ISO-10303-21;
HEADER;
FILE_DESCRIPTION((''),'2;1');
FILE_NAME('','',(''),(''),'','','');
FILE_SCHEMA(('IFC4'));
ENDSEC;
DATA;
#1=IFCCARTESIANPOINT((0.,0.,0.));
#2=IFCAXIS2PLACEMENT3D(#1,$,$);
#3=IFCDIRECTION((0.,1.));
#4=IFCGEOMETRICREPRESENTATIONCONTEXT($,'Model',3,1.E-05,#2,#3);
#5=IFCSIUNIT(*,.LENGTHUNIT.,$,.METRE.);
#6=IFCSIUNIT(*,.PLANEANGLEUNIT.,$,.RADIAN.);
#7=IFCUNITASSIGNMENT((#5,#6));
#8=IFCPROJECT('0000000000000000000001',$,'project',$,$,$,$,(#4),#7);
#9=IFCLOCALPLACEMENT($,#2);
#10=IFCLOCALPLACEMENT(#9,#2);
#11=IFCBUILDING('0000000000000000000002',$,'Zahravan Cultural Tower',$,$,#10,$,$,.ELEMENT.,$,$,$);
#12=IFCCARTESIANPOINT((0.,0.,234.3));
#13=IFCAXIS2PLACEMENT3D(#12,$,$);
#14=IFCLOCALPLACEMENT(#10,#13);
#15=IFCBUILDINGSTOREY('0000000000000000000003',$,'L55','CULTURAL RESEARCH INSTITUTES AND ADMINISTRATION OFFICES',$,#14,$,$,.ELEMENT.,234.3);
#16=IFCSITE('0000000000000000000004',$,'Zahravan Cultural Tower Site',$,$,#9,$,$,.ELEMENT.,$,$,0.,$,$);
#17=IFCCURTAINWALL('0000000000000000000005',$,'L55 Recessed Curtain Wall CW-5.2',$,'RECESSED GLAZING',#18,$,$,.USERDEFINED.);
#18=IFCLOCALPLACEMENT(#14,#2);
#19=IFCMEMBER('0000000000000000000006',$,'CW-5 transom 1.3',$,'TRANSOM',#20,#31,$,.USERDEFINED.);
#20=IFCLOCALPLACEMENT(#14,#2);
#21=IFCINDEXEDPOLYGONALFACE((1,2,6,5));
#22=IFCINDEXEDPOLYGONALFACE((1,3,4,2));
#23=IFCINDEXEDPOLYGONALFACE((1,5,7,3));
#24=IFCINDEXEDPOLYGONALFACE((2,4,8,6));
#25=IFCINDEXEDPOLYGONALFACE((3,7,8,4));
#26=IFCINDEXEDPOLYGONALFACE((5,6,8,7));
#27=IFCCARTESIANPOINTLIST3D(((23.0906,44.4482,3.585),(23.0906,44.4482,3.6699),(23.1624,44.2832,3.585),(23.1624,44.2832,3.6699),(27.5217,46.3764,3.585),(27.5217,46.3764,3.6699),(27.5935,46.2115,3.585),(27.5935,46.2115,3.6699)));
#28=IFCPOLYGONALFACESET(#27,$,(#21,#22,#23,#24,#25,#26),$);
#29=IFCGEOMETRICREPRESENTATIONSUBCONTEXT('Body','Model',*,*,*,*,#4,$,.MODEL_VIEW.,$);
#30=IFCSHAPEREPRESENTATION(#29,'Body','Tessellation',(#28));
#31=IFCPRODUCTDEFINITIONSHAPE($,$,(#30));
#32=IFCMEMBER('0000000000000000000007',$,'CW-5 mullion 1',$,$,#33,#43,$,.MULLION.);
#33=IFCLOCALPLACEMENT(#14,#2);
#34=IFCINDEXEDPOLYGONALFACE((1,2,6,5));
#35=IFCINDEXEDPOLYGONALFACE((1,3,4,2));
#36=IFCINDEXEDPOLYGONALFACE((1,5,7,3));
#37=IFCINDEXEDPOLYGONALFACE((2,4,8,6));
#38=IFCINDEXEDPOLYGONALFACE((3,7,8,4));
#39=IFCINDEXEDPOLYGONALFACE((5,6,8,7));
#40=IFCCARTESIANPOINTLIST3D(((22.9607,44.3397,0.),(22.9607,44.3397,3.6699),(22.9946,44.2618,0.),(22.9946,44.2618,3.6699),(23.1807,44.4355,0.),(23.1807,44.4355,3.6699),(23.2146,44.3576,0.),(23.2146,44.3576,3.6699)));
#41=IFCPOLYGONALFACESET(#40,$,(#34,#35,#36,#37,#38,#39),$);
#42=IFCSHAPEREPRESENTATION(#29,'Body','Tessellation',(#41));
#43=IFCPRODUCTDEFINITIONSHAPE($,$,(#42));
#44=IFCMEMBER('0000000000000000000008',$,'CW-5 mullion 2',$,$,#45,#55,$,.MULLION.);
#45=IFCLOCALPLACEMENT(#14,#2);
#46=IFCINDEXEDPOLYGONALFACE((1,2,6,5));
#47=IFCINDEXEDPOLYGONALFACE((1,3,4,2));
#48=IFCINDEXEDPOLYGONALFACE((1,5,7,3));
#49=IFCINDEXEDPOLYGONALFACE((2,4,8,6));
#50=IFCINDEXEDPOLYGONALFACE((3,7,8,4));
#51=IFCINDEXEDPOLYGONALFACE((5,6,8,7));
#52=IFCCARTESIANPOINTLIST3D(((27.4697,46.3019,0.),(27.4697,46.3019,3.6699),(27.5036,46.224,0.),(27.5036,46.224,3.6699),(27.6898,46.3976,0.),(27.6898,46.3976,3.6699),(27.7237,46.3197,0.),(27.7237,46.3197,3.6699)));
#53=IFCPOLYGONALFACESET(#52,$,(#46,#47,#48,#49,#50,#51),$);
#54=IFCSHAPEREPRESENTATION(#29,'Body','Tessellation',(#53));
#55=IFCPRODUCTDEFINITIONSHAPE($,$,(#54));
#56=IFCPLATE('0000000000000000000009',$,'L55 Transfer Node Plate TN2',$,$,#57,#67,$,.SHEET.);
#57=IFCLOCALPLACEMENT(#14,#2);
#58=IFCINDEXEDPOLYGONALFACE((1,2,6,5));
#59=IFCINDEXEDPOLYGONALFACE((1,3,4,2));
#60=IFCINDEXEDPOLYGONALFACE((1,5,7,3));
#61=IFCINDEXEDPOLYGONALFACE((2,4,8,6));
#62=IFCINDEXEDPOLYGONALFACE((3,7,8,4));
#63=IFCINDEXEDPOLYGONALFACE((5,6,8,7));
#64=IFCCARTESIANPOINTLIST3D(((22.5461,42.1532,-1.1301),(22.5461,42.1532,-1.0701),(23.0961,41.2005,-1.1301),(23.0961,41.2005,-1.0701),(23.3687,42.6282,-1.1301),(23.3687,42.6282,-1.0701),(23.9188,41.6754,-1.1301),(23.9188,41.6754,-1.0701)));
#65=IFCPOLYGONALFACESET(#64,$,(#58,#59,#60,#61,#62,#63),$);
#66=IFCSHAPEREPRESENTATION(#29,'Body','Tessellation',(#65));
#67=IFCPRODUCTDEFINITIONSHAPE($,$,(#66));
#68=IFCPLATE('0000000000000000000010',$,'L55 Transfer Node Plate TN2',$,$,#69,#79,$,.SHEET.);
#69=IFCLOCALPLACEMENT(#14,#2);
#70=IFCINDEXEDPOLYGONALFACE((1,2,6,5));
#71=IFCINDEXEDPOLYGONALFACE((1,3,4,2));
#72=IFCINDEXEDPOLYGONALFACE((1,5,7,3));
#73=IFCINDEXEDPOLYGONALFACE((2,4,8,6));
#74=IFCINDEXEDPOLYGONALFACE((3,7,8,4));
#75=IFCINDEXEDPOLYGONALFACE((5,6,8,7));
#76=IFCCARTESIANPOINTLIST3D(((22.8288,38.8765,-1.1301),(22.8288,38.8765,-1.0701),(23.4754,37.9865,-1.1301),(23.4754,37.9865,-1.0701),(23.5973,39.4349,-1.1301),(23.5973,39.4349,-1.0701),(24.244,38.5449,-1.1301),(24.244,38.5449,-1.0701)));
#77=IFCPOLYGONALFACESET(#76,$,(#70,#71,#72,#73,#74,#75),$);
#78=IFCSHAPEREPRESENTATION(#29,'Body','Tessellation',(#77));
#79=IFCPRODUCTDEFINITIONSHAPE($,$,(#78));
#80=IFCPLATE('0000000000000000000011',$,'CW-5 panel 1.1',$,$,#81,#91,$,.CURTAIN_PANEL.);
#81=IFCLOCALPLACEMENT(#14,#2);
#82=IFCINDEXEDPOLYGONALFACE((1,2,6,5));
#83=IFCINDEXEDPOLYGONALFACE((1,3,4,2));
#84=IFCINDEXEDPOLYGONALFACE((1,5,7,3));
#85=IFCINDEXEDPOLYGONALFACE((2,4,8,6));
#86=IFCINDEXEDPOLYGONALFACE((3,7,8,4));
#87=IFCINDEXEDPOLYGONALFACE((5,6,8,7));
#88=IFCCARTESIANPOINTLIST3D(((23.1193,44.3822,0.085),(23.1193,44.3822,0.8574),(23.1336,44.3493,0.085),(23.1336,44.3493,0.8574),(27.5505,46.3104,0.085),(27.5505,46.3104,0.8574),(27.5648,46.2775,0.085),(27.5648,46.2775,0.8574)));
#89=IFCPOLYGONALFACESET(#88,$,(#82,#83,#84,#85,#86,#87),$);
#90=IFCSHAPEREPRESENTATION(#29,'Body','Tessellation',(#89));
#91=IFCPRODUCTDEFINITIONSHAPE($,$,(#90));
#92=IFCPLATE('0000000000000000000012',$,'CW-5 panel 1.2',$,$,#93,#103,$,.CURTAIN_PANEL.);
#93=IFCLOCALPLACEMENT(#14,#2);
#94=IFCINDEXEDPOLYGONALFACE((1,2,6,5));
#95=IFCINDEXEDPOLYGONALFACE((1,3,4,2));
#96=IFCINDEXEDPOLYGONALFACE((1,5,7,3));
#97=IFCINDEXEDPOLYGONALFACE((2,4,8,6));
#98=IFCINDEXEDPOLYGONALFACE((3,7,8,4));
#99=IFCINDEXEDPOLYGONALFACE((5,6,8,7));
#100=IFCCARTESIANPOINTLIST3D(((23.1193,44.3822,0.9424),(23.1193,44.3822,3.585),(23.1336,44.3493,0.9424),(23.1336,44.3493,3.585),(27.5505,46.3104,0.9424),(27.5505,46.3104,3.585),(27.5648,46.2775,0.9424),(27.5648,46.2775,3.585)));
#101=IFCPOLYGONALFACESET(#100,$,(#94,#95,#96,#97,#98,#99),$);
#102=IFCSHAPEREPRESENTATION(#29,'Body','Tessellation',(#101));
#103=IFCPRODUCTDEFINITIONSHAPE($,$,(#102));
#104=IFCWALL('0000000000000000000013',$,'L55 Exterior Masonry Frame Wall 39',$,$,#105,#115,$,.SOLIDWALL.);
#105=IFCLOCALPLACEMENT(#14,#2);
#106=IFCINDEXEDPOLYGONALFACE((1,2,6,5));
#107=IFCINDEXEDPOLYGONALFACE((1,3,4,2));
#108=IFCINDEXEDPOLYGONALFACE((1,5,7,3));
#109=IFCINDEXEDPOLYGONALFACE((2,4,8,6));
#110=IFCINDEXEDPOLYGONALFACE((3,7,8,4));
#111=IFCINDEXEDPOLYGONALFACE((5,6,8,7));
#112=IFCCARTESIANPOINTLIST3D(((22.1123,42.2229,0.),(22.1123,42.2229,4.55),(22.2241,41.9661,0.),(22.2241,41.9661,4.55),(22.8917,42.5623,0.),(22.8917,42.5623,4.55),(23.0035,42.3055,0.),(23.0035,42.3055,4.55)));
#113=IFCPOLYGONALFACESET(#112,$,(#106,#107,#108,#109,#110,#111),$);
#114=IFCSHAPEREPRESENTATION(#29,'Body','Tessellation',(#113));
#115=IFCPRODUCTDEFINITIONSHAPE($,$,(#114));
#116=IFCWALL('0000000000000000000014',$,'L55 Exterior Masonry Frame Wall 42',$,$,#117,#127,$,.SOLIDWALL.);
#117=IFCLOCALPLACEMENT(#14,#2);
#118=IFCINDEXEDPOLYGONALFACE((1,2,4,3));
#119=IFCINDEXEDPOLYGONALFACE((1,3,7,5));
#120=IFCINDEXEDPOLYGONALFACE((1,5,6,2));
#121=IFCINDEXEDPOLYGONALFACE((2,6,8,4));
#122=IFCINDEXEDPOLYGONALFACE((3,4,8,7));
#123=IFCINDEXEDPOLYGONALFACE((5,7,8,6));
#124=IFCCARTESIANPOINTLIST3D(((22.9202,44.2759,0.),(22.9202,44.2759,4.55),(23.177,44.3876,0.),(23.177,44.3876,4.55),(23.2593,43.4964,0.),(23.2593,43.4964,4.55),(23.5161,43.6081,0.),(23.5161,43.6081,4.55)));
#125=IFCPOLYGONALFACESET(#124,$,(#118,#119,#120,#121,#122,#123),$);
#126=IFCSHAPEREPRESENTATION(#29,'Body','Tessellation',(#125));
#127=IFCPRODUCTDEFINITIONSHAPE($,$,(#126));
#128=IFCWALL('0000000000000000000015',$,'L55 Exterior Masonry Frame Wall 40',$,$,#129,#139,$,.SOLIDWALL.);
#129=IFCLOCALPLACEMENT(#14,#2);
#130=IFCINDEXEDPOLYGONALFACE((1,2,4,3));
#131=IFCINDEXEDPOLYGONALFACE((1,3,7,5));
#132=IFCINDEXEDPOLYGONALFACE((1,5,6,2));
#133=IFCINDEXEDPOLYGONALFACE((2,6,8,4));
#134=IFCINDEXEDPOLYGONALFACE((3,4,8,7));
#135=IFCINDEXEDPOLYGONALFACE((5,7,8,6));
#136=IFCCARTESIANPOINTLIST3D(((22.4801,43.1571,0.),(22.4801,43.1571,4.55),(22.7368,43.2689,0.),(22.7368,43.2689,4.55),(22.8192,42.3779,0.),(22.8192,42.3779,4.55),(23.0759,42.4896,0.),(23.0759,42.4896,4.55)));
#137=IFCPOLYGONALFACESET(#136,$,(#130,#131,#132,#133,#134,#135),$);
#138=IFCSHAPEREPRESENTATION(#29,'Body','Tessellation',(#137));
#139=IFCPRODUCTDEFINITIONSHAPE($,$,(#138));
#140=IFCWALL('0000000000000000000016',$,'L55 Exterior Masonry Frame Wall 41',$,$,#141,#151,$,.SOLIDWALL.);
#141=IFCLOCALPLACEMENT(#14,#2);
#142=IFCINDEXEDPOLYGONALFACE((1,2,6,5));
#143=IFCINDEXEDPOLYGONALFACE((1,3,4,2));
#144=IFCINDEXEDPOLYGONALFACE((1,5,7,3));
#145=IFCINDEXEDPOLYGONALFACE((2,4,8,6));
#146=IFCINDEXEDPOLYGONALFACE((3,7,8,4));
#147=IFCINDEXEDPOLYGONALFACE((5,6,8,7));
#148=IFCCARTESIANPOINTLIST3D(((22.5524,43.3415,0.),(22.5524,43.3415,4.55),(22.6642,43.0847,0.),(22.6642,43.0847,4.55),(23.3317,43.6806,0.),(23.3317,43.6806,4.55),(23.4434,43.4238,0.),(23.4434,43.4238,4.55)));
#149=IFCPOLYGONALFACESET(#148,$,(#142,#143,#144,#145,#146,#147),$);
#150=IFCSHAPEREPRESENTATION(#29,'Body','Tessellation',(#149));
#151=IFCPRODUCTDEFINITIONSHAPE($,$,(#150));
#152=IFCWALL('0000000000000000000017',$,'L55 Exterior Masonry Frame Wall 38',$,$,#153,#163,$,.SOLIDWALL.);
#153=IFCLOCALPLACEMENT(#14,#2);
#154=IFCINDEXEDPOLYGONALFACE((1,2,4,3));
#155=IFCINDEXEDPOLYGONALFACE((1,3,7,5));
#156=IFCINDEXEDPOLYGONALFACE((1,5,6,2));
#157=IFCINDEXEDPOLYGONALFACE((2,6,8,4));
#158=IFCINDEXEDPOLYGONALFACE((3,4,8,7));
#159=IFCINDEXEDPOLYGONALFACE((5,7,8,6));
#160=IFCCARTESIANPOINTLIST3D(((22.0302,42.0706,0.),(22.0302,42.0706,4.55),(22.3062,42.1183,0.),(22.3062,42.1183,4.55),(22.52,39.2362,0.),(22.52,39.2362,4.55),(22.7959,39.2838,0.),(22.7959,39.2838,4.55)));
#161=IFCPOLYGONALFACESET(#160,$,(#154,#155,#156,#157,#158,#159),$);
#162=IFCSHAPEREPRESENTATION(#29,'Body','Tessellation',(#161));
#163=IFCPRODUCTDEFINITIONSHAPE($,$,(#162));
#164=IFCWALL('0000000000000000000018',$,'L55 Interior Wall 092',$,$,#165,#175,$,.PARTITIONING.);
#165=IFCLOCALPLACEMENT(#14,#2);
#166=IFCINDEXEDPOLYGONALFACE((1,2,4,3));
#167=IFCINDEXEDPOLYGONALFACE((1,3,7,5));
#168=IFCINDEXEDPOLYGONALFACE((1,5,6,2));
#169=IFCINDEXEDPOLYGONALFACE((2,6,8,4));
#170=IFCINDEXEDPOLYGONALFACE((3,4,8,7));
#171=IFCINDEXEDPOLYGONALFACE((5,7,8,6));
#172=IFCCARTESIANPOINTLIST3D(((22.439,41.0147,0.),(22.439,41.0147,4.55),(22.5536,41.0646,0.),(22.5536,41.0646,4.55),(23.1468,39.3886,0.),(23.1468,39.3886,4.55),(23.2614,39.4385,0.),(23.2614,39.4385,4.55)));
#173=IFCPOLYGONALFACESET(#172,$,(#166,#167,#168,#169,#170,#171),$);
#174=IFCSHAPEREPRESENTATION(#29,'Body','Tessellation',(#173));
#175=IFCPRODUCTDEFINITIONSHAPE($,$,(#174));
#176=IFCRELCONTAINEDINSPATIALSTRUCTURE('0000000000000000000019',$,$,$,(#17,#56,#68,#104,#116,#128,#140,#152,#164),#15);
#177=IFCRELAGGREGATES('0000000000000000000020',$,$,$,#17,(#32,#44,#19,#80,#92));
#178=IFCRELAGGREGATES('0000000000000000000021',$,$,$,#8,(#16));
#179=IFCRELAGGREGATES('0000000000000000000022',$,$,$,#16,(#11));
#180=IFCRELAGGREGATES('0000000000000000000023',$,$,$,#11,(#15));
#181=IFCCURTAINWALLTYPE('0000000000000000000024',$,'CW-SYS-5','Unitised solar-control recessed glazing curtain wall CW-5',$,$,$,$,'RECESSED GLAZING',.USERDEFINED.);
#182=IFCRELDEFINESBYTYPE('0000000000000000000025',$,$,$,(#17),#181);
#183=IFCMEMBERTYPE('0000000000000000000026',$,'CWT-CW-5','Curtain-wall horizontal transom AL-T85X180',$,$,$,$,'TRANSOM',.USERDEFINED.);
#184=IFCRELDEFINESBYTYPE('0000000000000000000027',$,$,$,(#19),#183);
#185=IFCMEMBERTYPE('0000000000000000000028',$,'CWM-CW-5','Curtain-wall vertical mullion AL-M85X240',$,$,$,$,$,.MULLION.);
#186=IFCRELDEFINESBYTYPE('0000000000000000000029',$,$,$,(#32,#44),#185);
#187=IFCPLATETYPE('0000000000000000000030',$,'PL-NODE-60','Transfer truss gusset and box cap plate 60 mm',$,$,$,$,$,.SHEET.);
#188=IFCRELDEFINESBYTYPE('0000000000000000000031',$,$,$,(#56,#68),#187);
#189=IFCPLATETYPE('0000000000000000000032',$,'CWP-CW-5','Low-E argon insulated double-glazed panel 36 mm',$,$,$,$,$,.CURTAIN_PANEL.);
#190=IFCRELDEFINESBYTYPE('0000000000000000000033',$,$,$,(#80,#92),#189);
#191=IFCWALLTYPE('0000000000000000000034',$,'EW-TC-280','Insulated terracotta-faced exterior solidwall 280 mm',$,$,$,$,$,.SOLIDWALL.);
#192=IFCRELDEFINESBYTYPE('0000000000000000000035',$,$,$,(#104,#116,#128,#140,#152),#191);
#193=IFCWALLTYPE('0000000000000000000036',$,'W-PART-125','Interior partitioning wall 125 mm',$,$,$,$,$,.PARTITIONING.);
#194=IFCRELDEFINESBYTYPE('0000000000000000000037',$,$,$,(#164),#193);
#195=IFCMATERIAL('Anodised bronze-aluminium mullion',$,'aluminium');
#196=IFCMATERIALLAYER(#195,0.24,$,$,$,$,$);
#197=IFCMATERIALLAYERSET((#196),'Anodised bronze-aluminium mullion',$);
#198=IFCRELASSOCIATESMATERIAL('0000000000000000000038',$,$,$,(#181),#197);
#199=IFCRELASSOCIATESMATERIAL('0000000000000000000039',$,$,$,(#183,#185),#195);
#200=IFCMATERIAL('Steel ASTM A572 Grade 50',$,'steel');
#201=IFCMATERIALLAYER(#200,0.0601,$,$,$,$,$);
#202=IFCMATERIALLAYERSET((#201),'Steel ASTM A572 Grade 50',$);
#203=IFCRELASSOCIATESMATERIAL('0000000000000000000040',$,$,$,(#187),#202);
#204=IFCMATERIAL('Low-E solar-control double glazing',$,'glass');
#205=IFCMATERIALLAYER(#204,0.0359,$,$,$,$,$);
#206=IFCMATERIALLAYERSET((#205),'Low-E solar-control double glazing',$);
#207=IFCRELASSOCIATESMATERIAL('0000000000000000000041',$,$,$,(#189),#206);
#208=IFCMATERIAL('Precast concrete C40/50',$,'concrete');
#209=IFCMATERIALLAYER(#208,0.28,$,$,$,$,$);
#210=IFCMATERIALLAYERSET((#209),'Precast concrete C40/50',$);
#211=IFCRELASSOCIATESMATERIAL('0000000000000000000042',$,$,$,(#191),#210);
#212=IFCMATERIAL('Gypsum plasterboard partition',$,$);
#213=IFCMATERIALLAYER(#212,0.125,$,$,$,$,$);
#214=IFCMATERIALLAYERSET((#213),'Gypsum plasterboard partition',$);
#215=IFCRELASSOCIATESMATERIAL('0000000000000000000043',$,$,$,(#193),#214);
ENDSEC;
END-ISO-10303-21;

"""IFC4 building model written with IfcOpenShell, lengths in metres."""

from ifc_helpers import new_model, si_unit, direction, frame, frame_2d, origin, origin_2d, place, context, subcontext, project, spatial, rectangle, extrude, source, transform, mapped, material, layer, layer_set, material_profile, profile_set, type_object, element, aggregate, save


model = new_model("IFC4")

# Units and contexts
model_context = context("Model", 3, precision=1e-05, world=origin(), true_north=direction((0.0, 1.0)))
body_context = subcontext(model_context, "Body", "Model", "MODEL_VIEW")
ifc_project = project(units=[si_unit("LENGTHUNIT", "METRE"), si_unit("PLANEANGLEUNIT", "RADIAN")], contexts=[model_context])

# Site, building, storey
site_placement = place(None, origin())
site = spatial("IfcSite", under=ifc_project, at=site_placement, Name="Zahravan Cultural Tower Site", CompositionType="ELEMENT", RefElevation=0.0)
building_placement = place(site_placement, origin())
building = spatial("IfcBuilding", under=site, at=building_placement, Name="Zahravan Cultural Tower", CompositionType="ELEMENT")
storey_placement = place(building_placement, frame((0.0, 0.0, 234.3)))
storey = spatial("IfcBuildingStorey", under=building, at=storey_placement, Name="L55", Description="CULTURAL RESEARCH INSTITUTES AND ADMINISTRATION OFFICES", CompositionType="ELEMENT", Elevation=234.3)

# Shared definitions
ifc_material_1 = material(Name="Steel ASTM A572 Grade 50", Category="steel")

# Curtain wall, members
ifc_material_2 = material(Name="Anodised bronze-aluminium mullion", Category="aluminium")
ifc_layer_1 = layer(ifc_material_2, 0.24)
ifc_layer_set_1 = layer_set([ifc_layer_1], Name="Anodised bronze-aluminium mullion")
curtain_wall_type = type_object("IfcCurtainWallType", Name="CW-SYS-5", Description="Unitised solar-control recessed glazing curtain wall CW-5", ElementType="RECESSED GLAZING", PredefinedType="USERDEFINED", material=ifc_layer_set_1)
curtain_wall_placement = place(storey_placement, origin())
curtain_wall = element("IfcCurtainWall", 1, at=curtain_wall_placement, inside=storey, type_object=curtain_wall_type, Name="L55 Recessed Curtain Wall CW-5.2", ObjectType="RECESSED GLAZING", PredefinedType="USERDEFINED")
ifc_material_profile_1 = material_profile(ifc_material_2, rectangle(XDim=0.1799, YDim=0.085, at=origin_2d()), Name="AL-T85X180")
ifc_profile_set_1 = profile_set([ifc_material_profile_1], Name="Anodised bronze-aluminium mullion")
member_type_1 = type_object("IfcMemberType", Name="CWT-CW-5", Description="Curtain-wall horizontal transom AL-T85X180", ElementType="TRANSOM", PredefinedType="USERDEFINED", material=ifc_profile_set_1)
shared_shape_1 = source(origin(), body_context, "Body", "SweptSolid", [
    extrude(rectangle(XDim=0.1799, YDim=0.085, at=origin_2d()), origin(), (0.0, 0.0, 1.0), 4.8325),
])
member_1_placement = place(storey_placement, frame((23.1265, 44.3657, 3.6274), z_axis=(0.916946, 0.399011, 0.0), x_axis=(-0.399011, 0.916946, 0.0)))
member_1 = element("IfcMember", 2, at=member_1_placement, type_object=member_type_1, Name="CW-5 transom 1.3", ObjectType="TRANSOM", PredefinedType="USERDEFINED", context=body_context, shape_type="MappedRepresentation", body=[
    mapped(shared_shape_1, transform((0.0, 0.0, 0.0), x_axis=(1.0, 0.0, 0.0), y_axis=(0.0, 1.0, 0.0), z_axis=(0.0, 0.0, 1.0), scale=1.0)),
])
ifc_material_profile_2 = material_profile(ifc_material_2, rectangle(XDim=0.085, YDim=0.24, at=origin_2d()), Name="AL-M85X240")
ifc_profile_set_2 = profile_set([ifc_material_profile_2], Name="Anodised bronze-aluminium mullion")
member_type_2 = type_object("IfcMemberType", Name="CWM-CW-5", Description="Curtain-wall vertical mullion AL-M85X240", PredefinedType="MULLION", material=ifc_profile_set_2)
shared_shape_2 = source(origin(), body_context, "Body", "SweptSolid", [
    extrude(rectangle(XDim=0.085, YDim=0.24, at=origin_2d()), origin(), (0.0, 0.0, 1.0), 3.6699),
])
member_2_placement = place(storey_placement, frame((23.0876, 44.3486, 0.0), z_axis=(0.0, 0.0, 1.0), x_axis=(-0.399017, 0.916944, 0.0)))
member_2 = element("IfcMember", 3, at=member_2_placement, type_object=member_type_2, Name="CW-5 mullion 1", PredefinedType="MULLION", context=body_context, shape_type="MappedRepresentation", body=[
    mapped(shared_shape_2, transform((0.0, 0.0, 0.0), x_axis=(1.0, 0.0, 0.0), y_axis=(0.0, 1.0, 0.0), z_axis=(0.0, 0.0, 1.0), scale=1.0)),
])
member_3_placement = place(storey_placement, frame((27.5967, 46.3108, 0.0), z_axis=(0.0, 0.0, 1.0), x_axis=(-0.399017, 0.916944, 0.0)))
member_3 = element("IfcMember", 4, at=member_3_placement, type_object=member_type_2, Name="CW-5 mullion 2", PredefinedType="MULLION", context=body_context, shape_type="MappedRepresentation", body=[
    mapped(shared_shape_2, transform((0.0, 0.0, 0.0), x_axis=(1.0, 0.0, 0.0), y_axis=(0.0, 1.0, 0.0), z_axis=(0.0, 0.0, 1.0), scale=1.0)),
])

# Plates
ifc_layer_2 = layer(ifc_material_1, 0.0601)
ifc_layer_set_2 = layer_set([ifc_layer_2], Name="Steel ASTM A572 Grade 50")
plate_type_1 = type_object("IfcPlateType", Name="PL-NODE-60", Description="Transfer truss gusset and box cap plate 60 mm", PredefinedType="SHEET", material=ifc_layer_set_2)
shared_shape_3 = source(origin(), body_context, "Body", "SweptSolid", [
    extrude(rectangle(XDim=1.1001, YDim=0.95, at=origin_2d()), origin(), (0.0, 0.0, 1.0), 0.0601),
])
for number, where, z_axis, x_axis, name in (
    (5, (23.2324, 41.9143, -1.1301), (0.0, 0.0, 1.0), (-0.5, 0.866025, 0.0), "L55 Transfer Node Plate TN2"),
    (6, (23.5364, 38.7107, -1.1301), (0.0, 0.0, 1.0), (-0.587785, 0.809017, 0.0), "L55 Transfer Node Plate TN2"),
):
    element("IfcPlate", number, at=place(storey_placement, frame(where, z_axis=z_axis, x_axis=x_axis)), inside=storey, type_object=plate_type_1, Name=name, PredefinedType="SHEET", context=body_context, shape_type="MappedRepresentation", body=[
        mapped(shared_shape_3, transform((0.0, 0.0, 0.0), x_axis=(1.0, 0.0, 0.0), y_axis=(0.0, 1.0, 0.0), z_axis=(0.0, 0.0, 1.0), scale=1.0)),
    ])

# Plates
ifc_material_3 = material(Name="Low-E solar-control double glazing", Category="glass")
ifc_layer_3 = layer(ifc_material_3, 0.0359)
ifc_layer_set_3 = layer_set([ifc_layer_3], Name="Low-E solar-control double glazing")
plate_type_2 = type_object("IfcPlateType", Name="CWP-CW-5", Description="Low-E argon insulated double-glazed panel 36 mm", PredefinedType="CURTAIN_PANEL", material=ifc_layer_set_3)
shared_shape_4 = source(origin(), body_context, "Body", "SweptSolid", [
    extrude(rectangle(XDim=4.8325, YDim=0.0359, at=origin_2d()), origin(), (0.0, 0.0, 1.0), 0.7725),
])
plate_1_placement = place(storey_placement, frame((25.342, 45.3298, 0.085), z_axis=(0.0, 0.0, 1.0), x_axis=(0.916944, 0.399017, 0.0)))
plate_1 = element("IfcPlate", 7, at=plate_1_placement, type_object=plate_type_2, Name="CW-5 panel 1.1", PredefinedType="CURTAIN_PANEL", context=body_context, shape_type="MappedRepresentation", body=[
    mapped(shared_shape_4, transform((0.0, 0.0, 0.0), x_axis=(1.0, 0.0, 0.0), y_axis=(0.0, 1.0, 0.0), z_axis=(0.0, 0.0, 1.0), scale=1.0)),
])
shared_shape_5 = source(origin(), body_context, "Body", "SweptSolid", [
    extrude(rectangle(XDim=4.8325, YDim=0.0359, at=origin_2d()), origin(), (0.0, 0.0, 1.0), 2.6426),
])
plate_2_placement = place(storey_placement, frame((25.342, 45.3298, 0.9424), z_axis=(0.0, 0.0, 1.0), x_axis=(0.916944, 0.399017, 0.0)))
plate_2 = element("IfcPlate", 8, at=plate_2_placement, type_object=plate_type_2, Name="CW-5 panel 1.2", PredefinedType="CURTAIN_PANEL", context=body_context, shape_type="MappedRepresentation", body=[
    mapped(shared_shape_5, transform((0.0, 0.0, 0.0), x_axis=(1.0, 0.0, 0.0), y_axis=(0.0, 1.0, 0.0), z_axis=(0.0, 0.0, 1.0), scale=1.0)),
])
aggregate(curtain_wall, [member_2, member_3, member_1, plate_1, plate_2])

# Walls
ifc_material_4 = material(Name="Precast concrete C40/50", Category="concrete")
ifc_layer_4 = layer(ifc_material_4, 0.28)
ifc_layer_set_4 = layer_set([ifc_layer_4], Name="Precast concrete C40/50")
wall_type_1 = type_object("IfcWallType", Name="EW-TC-280", Description="Insulated terracotta-faced exterior solidwall 280 mm", PredefinedType="SOLIDWALL", material=ifc_layer_set_4)
shared_shape_6 = source(origin(), body_context, "Body", "SweptSolid", [
    extrude(rectangle(XDim=0.8501, YDim=0.28, at=frame_2d((0.425, 0.0))), origin(), (0.0, 0.0, 1.0), 4.55),
])
for number, where, z_axis, x_axis, name in (
    (9, (22.1682, 42.0945, 0.0), (0.0, 0.0, 1.0), (0.916842, 0.399251, 0.0), "L55 Exterior Masonry Frame Wall 39"),
    (10, (23.3877, 43.5522, 0.0), (0.0, 0.0, 1.0), (-0.398905, 0.916992, 0.0), "L55 Exterior Masonry Frame Wall 42"),
):
    element("IfcWall", number, at=place(storey_placement, frame(where, z_axis=z_axis, x_axis=x_axis)), inside=storey, type_object=wall_type_1, Name=name, PredefinedType="SOLIDWALL", context=body_context, shape_type="MappedRepresentation", body=[
        mapped(shared_shape_6, transform((0.0, 0.0, 0.0), x_axis=(1.0, 0.0, 0.0), y_axis=(0.0, 1.0, 0.0), z_axis=(0.0, 0.0, 1.0), scale=1.0)),
    ])
shared_shape_7 = source(origin(), body_context, "Body", "SweptSolid", [
    extrude(rectangle(XDim=0.8499, YDim=0.28, at=frame_2d((0.4248, 0.0))), origin(), (0.0, 0.0, 1.0), 4.55),
])
for number, where, z_axis, x_axis, name in (
    (11, (22.9475, 42.4338, 0.0), (0.0, 0.0, 1.0), (-0.39901, 0.916947, 0.0), "L55 Exterior Masonry Frame Wall 40"),
    (12, (22.6084, 43.2131, 0.0), (0.0, 0.0, 1.0), (0.916947, 0.39901, 0.0), "L55 Exterior Masonry Frame Wall 41"),
):
    element("IfcWall", number, at=place(storey_placement, frame(where, z_axis=z_axis, x_axis=x_axis)), inside=storey, type_object=wall_type_1, Name=name, PredefinedType="SOLIDWALL", context=body_context, shape_type="MappedRepresentation", body=[
        mapped(shared_shape_7, transform((0.0, 0.0, 0.0), x_axis=(1.0, 0.0, 0.0), y_axis=(0.0, 1.0, 0.0), z_axis=(0.0, 0.0, 1.0), scale=1.0)),
    ])
shared_shape_8 = source(origin(), body_context, "Body", "SweptSolid", [
    extrude(rectangle(XDim=2.8765, YDim=0.28, at=frame_2d((1.4382, 0.0))), origin(), (0.0, 0.0, 1.0), 4.55),
])
wall_1_placement = place(storey_placement, frame((22.658, 39.26, 0.0), z_axis=(0.0, 0.0, 1.0), x_axis=(-0.170259, 0.985399, 0.0)))
element("IfcWall", 13, at=wall_1_placement, inside=storey, type_object=wall_type_1, Name="L55 Exterior Masonry Frame Wall 38", PredefinedType="SOLIDWALL", context=body_context, shape_type="MappedRepresentation", body=[
    mapped(shared_shape_8, transform((0.0, 0.0, 0.0), x_axis=(1.0, 0.0, 0.0), y_axis=(0.0, 1.0, 0.0), z_axis=(0.0, 0.0, 1.0), scale=1.0)),
])
ifc_material_5 = material(Name="Gypsum plasterboard partition")
ifc_layer_5 = layer(ifc_material_5, 0.125)
ifc_layer_set_5 = layer_set([ifc_layer_5], Name="Gypsum plasterboard partition")
wall_type_2 = type_object("IfcWallType", Name="W-PART-125", Description="Interior partitioning wall 125 mm", PredefinedType="PARTITIONING", material=ifc_layer_set_5)
shared_shape_9 = source(origin(), body_context, "Body", "SweptSolid", [
    extrude(rectangle(XDim=1.7734, YDim=0.125, at=frame_2d((0.8867, 0.0))), origin(), (0.0, 0.0, 1.0), 4.55),
])
wall_2_placement = place(storey_placement, frame((23.2041, 39.4136, 0.0), z_axis=(0.0, 0.0, 1.0), x_axis=(-0.399114, 0.916901, 0.0)))
element("IfcWall", 14, at=wall_2_placement, inside=storey, type_object=wall_type_2, Name="L55 Interior Wall 092", PredefinedType="PARTITIONING", context=body_context, shape_type="MappedRepresentation", body=[
    mapped(shared_shape_9, transform((0.0, 0.0, 0.0), x_axis=(1.0, 0.0, 0.0), y_axis=(0.0, 1.0, 0.0), z_axis=(0.0, 0.0, 1.0), scale=1.0)),
])

save(model, "model.ifc")
